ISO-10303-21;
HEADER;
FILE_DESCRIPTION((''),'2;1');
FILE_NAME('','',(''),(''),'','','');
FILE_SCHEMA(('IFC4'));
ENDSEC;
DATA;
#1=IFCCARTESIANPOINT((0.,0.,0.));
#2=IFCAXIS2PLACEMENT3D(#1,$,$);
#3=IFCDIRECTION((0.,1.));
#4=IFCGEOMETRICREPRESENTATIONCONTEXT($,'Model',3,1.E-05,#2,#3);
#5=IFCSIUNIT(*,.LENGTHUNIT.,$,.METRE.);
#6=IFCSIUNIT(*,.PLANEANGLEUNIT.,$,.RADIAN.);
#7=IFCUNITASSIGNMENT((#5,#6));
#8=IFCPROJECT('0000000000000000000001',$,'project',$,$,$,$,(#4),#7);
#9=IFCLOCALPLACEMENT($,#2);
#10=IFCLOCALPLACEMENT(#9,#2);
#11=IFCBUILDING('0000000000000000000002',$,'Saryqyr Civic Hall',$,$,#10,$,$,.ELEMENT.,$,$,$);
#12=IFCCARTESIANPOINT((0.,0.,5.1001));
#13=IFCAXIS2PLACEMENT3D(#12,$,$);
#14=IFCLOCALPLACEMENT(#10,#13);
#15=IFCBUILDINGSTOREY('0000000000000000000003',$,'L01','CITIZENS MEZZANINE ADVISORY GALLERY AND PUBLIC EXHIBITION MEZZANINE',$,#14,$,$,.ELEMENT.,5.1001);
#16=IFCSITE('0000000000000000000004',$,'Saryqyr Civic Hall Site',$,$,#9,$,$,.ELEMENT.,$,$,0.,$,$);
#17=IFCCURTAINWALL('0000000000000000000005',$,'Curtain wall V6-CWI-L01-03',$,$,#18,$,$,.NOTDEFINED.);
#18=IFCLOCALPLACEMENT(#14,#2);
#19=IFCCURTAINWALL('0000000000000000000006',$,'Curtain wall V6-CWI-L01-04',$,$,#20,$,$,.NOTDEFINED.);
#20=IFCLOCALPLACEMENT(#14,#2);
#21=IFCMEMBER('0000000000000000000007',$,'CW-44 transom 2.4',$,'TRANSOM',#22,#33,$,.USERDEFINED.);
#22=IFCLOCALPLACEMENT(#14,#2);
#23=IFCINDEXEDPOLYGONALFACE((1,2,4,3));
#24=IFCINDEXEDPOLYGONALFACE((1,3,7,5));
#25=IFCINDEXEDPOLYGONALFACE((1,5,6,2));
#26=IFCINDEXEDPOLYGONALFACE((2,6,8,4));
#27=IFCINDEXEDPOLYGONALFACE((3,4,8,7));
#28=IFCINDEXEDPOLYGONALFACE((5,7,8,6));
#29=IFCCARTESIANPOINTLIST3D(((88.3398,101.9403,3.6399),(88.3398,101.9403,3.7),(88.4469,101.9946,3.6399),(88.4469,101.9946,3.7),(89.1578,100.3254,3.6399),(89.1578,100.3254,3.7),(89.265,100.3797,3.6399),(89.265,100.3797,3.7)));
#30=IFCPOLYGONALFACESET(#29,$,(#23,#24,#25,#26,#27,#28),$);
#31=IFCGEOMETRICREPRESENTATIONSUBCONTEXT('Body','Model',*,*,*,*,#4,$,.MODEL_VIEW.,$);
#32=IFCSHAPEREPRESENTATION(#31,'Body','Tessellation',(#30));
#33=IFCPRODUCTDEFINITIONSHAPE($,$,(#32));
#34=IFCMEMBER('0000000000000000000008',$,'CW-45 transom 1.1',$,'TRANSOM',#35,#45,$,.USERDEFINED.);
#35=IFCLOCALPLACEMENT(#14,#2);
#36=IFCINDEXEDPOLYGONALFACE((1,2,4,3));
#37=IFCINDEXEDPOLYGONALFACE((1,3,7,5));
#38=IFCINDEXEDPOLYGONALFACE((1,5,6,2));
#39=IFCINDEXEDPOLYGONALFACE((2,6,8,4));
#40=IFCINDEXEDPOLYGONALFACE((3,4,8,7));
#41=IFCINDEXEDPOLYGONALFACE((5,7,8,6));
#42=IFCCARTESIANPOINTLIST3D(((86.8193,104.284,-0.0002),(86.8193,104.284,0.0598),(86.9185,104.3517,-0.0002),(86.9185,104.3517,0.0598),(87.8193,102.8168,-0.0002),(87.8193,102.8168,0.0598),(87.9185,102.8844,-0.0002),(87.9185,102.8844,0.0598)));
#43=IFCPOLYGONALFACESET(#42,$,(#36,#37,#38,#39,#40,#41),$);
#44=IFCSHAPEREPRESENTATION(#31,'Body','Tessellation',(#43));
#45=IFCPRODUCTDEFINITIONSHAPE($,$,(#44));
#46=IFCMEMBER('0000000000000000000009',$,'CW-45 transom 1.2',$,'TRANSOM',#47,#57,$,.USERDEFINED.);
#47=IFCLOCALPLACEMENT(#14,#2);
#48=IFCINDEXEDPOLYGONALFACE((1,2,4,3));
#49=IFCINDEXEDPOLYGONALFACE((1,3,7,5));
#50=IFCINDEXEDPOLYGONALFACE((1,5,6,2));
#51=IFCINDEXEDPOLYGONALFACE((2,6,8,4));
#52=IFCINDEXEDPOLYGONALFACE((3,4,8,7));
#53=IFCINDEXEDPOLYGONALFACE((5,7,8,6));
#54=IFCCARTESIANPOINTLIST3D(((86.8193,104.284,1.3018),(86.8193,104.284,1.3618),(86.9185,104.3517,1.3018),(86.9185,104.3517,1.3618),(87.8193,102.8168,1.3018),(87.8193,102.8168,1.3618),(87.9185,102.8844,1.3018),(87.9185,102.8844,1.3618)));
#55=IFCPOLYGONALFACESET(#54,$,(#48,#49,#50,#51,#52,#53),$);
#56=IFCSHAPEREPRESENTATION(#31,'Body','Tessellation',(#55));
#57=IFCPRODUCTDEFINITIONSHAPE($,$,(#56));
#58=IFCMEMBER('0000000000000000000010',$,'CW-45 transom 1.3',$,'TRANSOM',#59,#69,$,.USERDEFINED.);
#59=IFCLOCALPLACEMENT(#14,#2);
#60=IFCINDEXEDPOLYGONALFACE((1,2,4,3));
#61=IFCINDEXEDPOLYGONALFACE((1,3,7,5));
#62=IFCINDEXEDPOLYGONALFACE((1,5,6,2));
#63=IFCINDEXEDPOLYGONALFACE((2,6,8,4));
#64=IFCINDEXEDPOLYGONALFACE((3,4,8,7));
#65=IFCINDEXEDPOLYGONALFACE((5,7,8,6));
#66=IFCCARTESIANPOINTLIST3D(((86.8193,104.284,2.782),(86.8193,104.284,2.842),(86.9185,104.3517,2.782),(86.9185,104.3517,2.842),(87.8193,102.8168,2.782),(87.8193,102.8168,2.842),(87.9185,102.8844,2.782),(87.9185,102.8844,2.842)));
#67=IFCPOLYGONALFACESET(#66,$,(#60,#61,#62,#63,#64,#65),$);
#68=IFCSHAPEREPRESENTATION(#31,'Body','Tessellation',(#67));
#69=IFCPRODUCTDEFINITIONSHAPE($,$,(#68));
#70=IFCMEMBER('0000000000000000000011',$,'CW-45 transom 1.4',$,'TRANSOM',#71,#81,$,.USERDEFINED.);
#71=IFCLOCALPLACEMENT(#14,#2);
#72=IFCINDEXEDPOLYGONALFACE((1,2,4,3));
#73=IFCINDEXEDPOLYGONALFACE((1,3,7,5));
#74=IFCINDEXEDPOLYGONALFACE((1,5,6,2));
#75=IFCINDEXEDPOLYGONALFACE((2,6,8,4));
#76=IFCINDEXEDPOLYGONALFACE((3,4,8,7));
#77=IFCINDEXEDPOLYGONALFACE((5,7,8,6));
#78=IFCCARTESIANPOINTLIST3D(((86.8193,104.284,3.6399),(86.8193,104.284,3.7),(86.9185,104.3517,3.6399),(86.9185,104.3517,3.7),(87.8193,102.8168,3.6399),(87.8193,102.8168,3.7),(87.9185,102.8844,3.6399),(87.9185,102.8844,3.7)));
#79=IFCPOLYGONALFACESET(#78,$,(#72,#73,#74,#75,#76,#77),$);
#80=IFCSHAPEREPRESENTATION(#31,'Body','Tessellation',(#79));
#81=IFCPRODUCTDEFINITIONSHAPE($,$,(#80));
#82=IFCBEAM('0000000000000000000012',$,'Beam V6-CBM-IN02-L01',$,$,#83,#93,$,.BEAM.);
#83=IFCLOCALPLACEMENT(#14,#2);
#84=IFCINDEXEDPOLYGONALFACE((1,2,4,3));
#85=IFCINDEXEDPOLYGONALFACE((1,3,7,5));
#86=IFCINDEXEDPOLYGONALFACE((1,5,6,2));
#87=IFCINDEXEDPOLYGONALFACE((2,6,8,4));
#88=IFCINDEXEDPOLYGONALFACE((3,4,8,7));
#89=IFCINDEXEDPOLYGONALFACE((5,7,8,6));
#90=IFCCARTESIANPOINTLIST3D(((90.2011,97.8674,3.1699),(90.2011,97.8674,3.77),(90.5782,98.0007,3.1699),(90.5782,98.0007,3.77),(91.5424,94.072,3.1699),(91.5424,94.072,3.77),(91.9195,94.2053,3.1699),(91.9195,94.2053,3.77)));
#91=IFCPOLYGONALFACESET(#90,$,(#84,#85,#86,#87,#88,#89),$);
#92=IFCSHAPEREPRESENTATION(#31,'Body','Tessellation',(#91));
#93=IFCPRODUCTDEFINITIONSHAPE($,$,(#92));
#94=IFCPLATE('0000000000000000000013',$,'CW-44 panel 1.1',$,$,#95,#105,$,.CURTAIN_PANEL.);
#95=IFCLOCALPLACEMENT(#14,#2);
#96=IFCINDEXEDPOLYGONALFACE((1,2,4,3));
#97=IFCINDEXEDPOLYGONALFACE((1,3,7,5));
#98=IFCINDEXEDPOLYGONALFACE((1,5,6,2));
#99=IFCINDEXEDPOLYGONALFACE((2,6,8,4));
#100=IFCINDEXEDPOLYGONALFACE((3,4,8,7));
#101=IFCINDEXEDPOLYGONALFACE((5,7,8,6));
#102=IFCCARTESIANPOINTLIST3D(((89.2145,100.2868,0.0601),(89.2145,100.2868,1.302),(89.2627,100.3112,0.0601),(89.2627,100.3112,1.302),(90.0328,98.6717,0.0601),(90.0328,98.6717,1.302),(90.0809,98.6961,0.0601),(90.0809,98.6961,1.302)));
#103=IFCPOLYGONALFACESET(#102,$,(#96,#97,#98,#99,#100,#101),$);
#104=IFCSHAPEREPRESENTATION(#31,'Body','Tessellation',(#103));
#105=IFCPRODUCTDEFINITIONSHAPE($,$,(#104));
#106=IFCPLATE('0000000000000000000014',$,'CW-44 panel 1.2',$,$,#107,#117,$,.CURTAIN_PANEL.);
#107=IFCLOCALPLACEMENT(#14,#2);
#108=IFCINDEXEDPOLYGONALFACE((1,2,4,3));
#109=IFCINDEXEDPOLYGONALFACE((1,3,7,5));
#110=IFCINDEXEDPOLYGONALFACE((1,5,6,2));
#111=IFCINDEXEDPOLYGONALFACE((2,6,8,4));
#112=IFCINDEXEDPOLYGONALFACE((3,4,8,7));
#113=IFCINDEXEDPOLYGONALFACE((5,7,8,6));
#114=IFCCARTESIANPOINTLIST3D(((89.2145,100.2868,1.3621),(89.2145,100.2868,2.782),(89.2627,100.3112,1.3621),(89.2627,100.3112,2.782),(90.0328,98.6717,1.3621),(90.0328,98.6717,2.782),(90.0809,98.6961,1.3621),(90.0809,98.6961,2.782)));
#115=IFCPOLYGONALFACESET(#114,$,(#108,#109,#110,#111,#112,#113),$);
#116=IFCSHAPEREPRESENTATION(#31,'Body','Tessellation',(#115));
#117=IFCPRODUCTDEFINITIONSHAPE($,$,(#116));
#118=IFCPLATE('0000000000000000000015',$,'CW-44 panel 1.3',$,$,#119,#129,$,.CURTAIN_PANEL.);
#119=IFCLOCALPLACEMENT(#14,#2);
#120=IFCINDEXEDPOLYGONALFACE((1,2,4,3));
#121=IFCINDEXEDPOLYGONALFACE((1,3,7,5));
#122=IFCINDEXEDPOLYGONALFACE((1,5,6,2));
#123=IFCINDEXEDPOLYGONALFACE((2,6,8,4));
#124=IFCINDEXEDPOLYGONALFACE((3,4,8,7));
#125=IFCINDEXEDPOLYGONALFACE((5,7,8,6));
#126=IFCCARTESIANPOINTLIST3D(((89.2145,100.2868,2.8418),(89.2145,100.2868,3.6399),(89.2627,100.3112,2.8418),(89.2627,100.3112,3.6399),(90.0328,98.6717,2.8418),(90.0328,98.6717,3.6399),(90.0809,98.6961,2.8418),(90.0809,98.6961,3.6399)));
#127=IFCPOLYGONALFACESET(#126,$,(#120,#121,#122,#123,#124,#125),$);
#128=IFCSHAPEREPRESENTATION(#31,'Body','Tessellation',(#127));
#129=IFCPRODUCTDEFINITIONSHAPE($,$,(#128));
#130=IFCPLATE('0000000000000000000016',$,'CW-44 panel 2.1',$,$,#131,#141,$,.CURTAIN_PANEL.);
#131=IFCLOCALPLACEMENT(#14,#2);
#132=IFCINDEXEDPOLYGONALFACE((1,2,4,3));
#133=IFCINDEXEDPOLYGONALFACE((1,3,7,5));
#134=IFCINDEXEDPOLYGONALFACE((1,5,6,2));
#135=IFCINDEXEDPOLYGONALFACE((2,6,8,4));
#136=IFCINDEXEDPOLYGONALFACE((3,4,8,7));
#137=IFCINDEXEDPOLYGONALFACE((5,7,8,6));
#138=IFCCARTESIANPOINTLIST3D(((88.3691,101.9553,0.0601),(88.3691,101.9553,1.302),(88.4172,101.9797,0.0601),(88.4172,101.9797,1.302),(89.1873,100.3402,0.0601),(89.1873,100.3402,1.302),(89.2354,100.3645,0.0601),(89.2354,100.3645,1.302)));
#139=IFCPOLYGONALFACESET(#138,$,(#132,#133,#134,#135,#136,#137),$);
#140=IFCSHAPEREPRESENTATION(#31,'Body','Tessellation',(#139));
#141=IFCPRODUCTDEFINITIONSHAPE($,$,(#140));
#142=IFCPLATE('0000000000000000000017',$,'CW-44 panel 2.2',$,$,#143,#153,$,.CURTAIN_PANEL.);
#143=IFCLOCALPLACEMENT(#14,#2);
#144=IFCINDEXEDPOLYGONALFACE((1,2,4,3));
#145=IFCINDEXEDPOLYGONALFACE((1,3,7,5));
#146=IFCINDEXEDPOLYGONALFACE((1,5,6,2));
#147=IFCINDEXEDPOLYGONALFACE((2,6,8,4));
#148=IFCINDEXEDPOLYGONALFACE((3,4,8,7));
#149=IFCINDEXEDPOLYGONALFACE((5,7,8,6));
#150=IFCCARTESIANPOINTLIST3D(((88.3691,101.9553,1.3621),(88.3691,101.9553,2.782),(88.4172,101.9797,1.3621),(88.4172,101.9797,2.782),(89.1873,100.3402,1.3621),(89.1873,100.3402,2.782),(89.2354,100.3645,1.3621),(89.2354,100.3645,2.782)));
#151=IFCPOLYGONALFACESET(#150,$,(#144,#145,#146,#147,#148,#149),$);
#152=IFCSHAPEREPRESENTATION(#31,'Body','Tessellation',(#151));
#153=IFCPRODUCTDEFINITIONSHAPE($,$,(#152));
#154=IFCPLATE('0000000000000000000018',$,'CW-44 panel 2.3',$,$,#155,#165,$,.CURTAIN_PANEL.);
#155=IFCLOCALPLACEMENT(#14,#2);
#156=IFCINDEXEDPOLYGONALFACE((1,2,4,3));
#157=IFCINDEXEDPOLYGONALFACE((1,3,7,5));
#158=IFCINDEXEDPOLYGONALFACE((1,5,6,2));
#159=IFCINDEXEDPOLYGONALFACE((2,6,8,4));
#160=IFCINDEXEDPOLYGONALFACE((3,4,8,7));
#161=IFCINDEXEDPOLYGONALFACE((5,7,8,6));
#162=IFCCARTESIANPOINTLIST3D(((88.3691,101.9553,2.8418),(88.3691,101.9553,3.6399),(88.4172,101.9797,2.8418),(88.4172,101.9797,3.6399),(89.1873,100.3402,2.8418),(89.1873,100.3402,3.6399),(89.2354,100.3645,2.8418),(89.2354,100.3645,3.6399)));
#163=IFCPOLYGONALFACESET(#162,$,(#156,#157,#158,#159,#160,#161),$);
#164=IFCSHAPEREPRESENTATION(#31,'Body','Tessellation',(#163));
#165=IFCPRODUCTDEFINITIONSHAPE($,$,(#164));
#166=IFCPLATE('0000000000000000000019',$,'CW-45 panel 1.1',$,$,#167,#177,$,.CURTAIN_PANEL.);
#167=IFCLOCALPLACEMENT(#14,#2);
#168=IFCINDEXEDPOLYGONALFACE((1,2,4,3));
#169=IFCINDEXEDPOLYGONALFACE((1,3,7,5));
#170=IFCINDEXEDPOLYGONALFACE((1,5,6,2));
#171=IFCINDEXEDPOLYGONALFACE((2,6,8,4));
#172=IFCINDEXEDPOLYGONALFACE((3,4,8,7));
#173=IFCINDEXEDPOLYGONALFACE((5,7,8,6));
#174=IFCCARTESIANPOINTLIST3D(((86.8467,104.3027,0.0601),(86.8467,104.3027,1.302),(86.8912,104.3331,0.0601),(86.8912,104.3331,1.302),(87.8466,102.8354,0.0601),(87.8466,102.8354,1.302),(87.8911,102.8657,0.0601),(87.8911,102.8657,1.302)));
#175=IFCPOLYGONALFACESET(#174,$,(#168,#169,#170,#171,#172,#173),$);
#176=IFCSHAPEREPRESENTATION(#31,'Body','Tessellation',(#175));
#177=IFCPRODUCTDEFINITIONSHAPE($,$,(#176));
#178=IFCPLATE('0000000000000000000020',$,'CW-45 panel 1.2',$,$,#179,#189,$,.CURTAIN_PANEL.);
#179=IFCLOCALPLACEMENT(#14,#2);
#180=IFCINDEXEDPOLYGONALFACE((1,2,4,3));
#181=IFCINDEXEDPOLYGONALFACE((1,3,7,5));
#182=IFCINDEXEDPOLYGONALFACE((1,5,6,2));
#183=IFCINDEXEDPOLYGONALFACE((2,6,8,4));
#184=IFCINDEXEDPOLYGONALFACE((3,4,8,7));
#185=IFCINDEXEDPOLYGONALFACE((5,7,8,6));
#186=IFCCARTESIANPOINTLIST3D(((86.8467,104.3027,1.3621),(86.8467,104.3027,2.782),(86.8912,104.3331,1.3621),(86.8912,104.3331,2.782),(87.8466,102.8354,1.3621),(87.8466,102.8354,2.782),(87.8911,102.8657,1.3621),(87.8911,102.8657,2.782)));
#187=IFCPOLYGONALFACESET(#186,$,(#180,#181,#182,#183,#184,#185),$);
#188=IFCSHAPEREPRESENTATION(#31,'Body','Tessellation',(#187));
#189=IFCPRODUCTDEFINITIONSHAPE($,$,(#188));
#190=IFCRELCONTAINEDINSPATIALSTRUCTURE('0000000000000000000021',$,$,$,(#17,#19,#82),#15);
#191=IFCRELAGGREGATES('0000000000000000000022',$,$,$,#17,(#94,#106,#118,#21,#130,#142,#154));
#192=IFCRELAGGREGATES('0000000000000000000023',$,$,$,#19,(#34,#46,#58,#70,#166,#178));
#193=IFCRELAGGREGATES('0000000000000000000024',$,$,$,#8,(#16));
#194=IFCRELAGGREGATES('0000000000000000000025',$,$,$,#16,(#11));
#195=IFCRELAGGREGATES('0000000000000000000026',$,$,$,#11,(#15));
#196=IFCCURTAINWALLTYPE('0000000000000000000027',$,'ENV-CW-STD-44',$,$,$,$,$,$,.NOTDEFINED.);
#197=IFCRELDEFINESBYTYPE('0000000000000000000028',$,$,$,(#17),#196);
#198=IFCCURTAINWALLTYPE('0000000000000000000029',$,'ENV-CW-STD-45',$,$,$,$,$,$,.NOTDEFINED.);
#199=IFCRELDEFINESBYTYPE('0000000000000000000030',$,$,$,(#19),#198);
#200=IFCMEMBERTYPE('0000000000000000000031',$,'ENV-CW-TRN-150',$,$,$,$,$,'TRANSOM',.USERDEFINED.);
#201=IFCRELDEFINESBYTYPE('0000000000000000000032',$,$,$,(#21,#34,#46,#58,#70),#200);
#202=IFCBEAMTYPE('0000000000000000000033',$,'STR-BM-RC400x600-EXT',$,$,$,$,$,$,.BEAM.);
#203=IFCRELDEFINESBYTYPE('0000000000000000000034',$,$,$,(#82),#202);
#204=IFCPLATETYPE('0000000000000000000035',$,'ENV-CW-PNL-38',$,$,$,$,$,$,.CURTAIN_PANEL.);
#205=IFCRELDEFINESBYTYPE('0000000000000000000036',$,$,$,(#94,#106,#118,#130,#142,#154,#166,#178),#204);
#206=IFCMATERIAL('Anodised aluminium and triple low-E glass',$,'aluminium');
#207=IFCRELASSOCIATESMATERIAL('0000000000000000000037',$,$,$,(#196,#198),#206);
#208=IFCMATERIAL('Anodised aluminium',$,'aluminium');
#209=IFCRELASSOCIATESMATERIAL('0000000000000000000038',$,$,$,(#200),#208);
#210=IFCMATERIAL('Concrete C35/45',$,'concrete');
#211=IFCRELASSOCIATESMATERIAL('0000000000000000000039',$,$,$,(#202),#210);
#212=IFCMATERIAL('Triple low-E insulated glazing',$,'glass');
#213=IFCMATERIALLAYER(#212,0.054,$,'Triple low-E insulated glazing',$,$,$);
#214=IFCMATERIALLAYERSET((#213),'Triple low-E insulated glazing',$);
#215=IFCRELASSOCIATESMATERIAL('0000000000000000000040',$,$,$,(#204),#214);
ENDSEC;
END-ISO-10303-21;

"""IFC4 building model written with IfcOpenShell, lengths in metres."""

from ifc_helpers import new_model, si_unit, direction, frame, origin, origin_2d, place, context, subcontext, project, spatial, rectangle, extrude, material, layer, layer_set, material_profile, profile_set, type_object, element, aggregate, save


model = new_model("IFC4")

# Units and contexts
model_context = context("Model", 3, precision=1e-05, world=origin(), true_north=direction((0.0, 1.0)))
body_context = subcontext(model_context, "Body", "Model", "MODEL_VIEW")
ifc_project = project(units=[si_unit("LENGTHUNIT", "METRE"), si_unit("PLANEANGLEUNIT", "RADIAN")], contexts=[model_context])

# Site, building, storey
site_placement = place(None, origin())
site = spatial("IfcSite", under=ifc_project, at=site_placement, Name="Saryqyr Civic Hall Site", CompositionType="ELEMENT", RefElevation=0.0)
building_placement = place(site_placement, origin())
building = spatial("IfcBuilding", under=site, at=building_placement, Name="Saryqyr Civic Hall", CompositionType="ELEMENT")
storey_placement = place(building_placement, frame((0.0, 0.0, 5.1001)))
storey = spatial("IfcBuildingStorey", under=building, at=storey_placement, Name="L01", Description="CITIZENS MEZZANINE ADVISORY GALLERY AND PUBLIC EXHIBITION MEZZANINE", CompositionType="ELEMENT", Elevation=5.1001)

# Curtain wall
ifc_material_1 = material(Name="Anodised aluminium and triple low-E glass", Category="aluminium")
curtain_wall_type_1 = type_object("IfcCurtainWallType", Name="ENV-CW-STD-44", PredefinedType="NOTDEFINED", material=ifc_material_1)
curtain_wall_1_placement = place(storey_placement, origin())
curtain_wall_1 = element("IfcCurtainWall", 1, at=curtain_wall_1_placement, inside=storey, type_object=curtain_wall_type_1, Name="Curtain wall V6-CWI-L01-03", PredefinedType="NOTDEFINED")
ifc_material_2 = material(Name="Anodised aluminium", Category="aluminium")

# Curtain wall
curtain_wall_type_2 = type_object("IfcCurtainWallType", Name="ENV-CW-STD-45", PredefinedType="NOTDEFINED", material=ifc_material_1)
curtain_wall_2_placement = place(storey_placement, origin())
curtain_wall_2 = element("IfcCurtainWall", 2, at=curtain_wall_2_placement, inside=storey, type_object=curtain_wall_type_2, Name="Curtain wall V6-CWI-L01-04", PredefinedType="NOTDEFINED")

# Members
ifc_material_profile_1 = material_profile(ifc_material_2, rectangle(XDim=0.1201, YDim=0.0601, at=origin_2d()), Name="ALU TRANSOM 120x60")
ifc_profile_set_1 = profile_set([ifc_material_profile_1], Name="Anodised aluminium")
member_type_1 = type_object("IfcMemberType", Name="ENV-CW-TRN-150", ElementType="TRANSOM", PredefinedType="USERDEFINED", material=ifc_profile_set_1)
member_1_placement = place(storey_placement, frame((89.2114, 100.3525, 3.6699), z_axis=(-0.4519, 0.892068, 0.0), x_axis=(-0.892068, -0.4519, 0.0)))
member_1 = element("IfcMember", 3, at=member_1_placement, type_object=member_type_1, Name="CW-44 transom 2.4", ObjectType="TRANSOM", PredefinedType="USERDEFINED", context=body_context, shape_type="SweptSolid", body=[
    extrude(rectangle(XDim=0.1201, YDim=0.0601, at=origin_2d()), origin(), (0.0, 0.0, 1.0), 1.8103),
])
member_2_placement = place(storey_placement, frame((87.8689, 102.8506, 0.0298), z_axis=(-0.563175, 0.826338, 0.0), x_axis=(-0.826338, -0.563175, 0.0)))
member_2 = element("IfcMember", 4, at=member_2_placement, type_object=member_type_1, Name="CW-45 transom 1.1", ObjectType="TRANSOM", PredefinedType="USERDEFINED", context=body_context, shape_type="SweptSolid", body=[
    extrude(rectangle(XDim=0.1201, YDim=0.0601, at=origin_2d()), origin(), (0.0, 0.0, 1.0), 1.7756),
])
member_3_placement = place(storey_placement, frame((87.8689, 102.8506, 1.3318), z_axis=(-0.563175, 0.826338, 0.0), x_axis=(-0.826338, -0.563175, 0.0)))
member_3 = element("IfcMember", 5, at=member_3_placement, type_object=member_type_1, Name="CW-45 transom 1.2", ObjectType="TRANSOM", PredefinedType="USERDEFINED", context=body_context, shape_type="SweptSolid", body=[
    extrude(rectangle(XDim=0.1201, YDim=0.0601, at=origin_2d()), origin(), (0.0, 0.0, 1.0), 1.7756),
])
member_4_placement = place(storey_placement, frame((87.8689, 102.8506, 2.812), z_axis=(-0.563175, 0.826338, 0.0), x_axis=(-0.826338, -0.563175, 0.0)))
member_4 = element("IfcMember", 6, at=member_4_placement, type_object=member_type_1, Name="CW-45 transom 1.3", ObjectType="TRANSOM", PredefinedType="USERDEFINED", context=body_context, shape_type="SweptSolid", body=[
    extrude(rectangle(XDim=0.1201, YDim=0.0601, at=origin_2d()), origin(), (0.0, 0.0, 1.0), 1.7756),
])
member_5_placement = place(storey_placement, frame((87.8689, 102.8506, 3.6699), z_axis=(-0.563175, 0.826338, 0.0), x_axis=(-0.826338, -0.563175, 0.0)))
member_5 = element("IfcMember", 7, at=member_5_placement, type_object=member_type_1, Name="CW-45 transom 1.4", ObjectType="TRANSOM", PredefinedType="USERDEFINED", context=body_context, shape_type="SweptSolid", body=[
    extrude(rectangle(XDim=0.1201, YDim=0.0601, at=origin_2d()), origin(), (0.0, 0.0, 1.0), 1.7756),
])

# Beam
ifc_material_3 = material(Name="Concrete C35/45", Category="concrete")
ifc_material_profile_2 = material_profile(ifc_material_3, rectangle(XDim=0.3999, YDim=0.6001, at=origin_2d()), Name="RC 400x600")
ifc_profile_set_2 = profile_set([ifc_material_profile_2], Name="Concrete C35/45")
beam_type = type_object("IfcBeamType", Name="STR-BM-RC400x600-EXT", PredefinedType="BEAM", material=ifc_profile_set_2)
beam_placement = place(storey_placement, frame((91.731, 94.1387, 3.47), z_axis=(-0.333207, 0.942854, 0.0), x_axis=(-0.942854, -0.333207, 0.0)))
element("IfcBeam", 8, at=beam_placement, inside=storey, type_object=beam_type, Name="Beam V6-CBM-IN02-L01", PredefinedType="BEAM", context=body_context, shape_type="SweptSolid", body=[
    extrude(rectangle(XDim=0.3999, YDim=0.6001, at=origin_2d()), origin(), (0.0, 0.0, 1.0), 4.0254),
])

# Plates
ifc_material_4 = material(Name="Triple low-E insulated glazing", Category="glass")
ifc_layer_1 = layer(ifc_material_4, 0.054, Name="Triple low-E insulated glazing")
ifc_layer_set_1 = layer_set([ifc_layer_1], Name="Triple low-E insulated glazing")
plate_type = type_object("IfcPlateType", Name="ENV-CW-PNL-38", PredefinedType="CURTAIN_PANEL", material=ifc_layer_set_1)
plate_1_placement = place(storey_placement, frame((89.6477, 99.4915, 0.0601), z_axis=(0.0, 0.0, 1.0), x_axis=(-0.451922, 0.892057, 0.0)))
plate_1 = element("IfcPlate", 9, at=plate_1_placement, type_object=plate_type, Name="CW-44 panel 1.1", PredefinedType="CURTAIN_PANEL", context=body_context, shape_type="SweptSolid", body=[
    extrude(rectangle(XDim=1.8105, YDim=0.054, at=origin_2d()), origin(), (0.0, 0.0, 1.0), 1.2419),
])
plate_2_placement = place(storey_placement, frame((89.6477, 99.4915, 1.3621), z_axis=(0.0, 0.0, 1.0), x_axis=(-0.451922, 0.892057, 0.0)))
plate_2 = element("IfcPlate", 10, at=plate_2_placement, type_object=plate_type, Name="CW-44 panel 1.2", PredefinedType="CURTAIN_PANEL", context=body_context, shape_type="SweptSolid", body=[
    extrude(rectangle(XDim=1.8105, YDim=0.054, at=origin_2d()), origin(), (0.0, 0.0, 1.0), 1.4199),
])
plate_3_placement = place(storey_placement, frame((89.6477, 99.4915, 2.8418), z_axis=(0.0, 0.0, 1.0), x_axis=(-0.451922, 0.892057, 0.0)))
plate_3 = element("IfcPlate", 11, at=plate_3_placement, type_object=plate_type, Name="CW-44 panel 1.3", PredefinedType="CURTAIN_PANEL", context=body_context, shape_type="SweptSolid", body=[
    extrude(rectangle(XDim=1.8105, YDim=0.054, at=origin_2d()), origin(), (0.0, 0.0, 1.0), 0.7981),
])
plate_4_placement = place(storey_placement, frame((88.8022, 101.1599, 0.0601), z_axis=(0.0, 0.0, 1.0), x_axis=(-0.451922, 0.892057, 0.0)))
plate_4 = element("IfcPlate", 12, at=plate_4_placement, type_object=plate_type, Name="CW-44 panel 2.1", PredefinedType="CURTAIN_PANEL", context=body_context, shape_type="SweptSolid", body=[
    extrude(rectangle(XDim=1.8105, YDim=0.054, at=origin_2d()), origin(), (0.0, 0.0, 1.0), 1.2419),
])
plate_5_placement = place(storey_placement, frame((88.8022, 101.1599, 1.3621), z_axis=(0.0, 0.0, 1.0), x_axis=(-0.451922, 0.892057, 0.0)))
plate_5 = element("IfcPlate", 13, at=plate_5_placement, type_object=plate_type, Name="CW-44 panel 2.2", PredefinedType="CURTAIN_PANEL", context=body_context, shape_type="SweptSolid", body=[
    extrude(rectangle(XDim=1.8105, YDim=0.054, at=origin_2d()), origin(), (0.0, 0.0, 1.0), 1.4199),
])
plate_6_placement = place(storey_placement, frame((88.8022, 101.1599, 2.8418), z_axis=(0.0, 0.0, 1.0), x_axis=(-0.451922, 0.892057, 0.0)))
plate_6 = element("IfcPlate", 14, at=plate_6_placement, type_object=plate_type, Name="CW-44 panel 2.3", PredefinedType="CURTAIN_PANEL", context=body_context, shape_type="SweptSolid", body=[
    extrude(rectangle(XDim=1.8105, YDim=0.054, at=origin_2d()), origin(), (0.0, 0.0, 1.0), 0.7981),
])
aggregate(curtain_wall_1, [plate_1, plate_2, plate_3, member_1, plate_4, plate_5, plate_6])
plate_7_placement = place(storey_placement, frame((87.3689, 103.5842, 0.0601), z_axis=(0.0, 0.0, 1.0), x_axis=(-0.56312, 0.826375, 0.0)))
plate_7 = element("IfcPlate", 15, at=plate_7_placement, type_object=plate_type, Name="CW-45 panel 1.1", PredefinedType="CURTAIN_PANEL", context=body_context, shape_type="SweptSolid", body=[
    extrude(rectangle(XDim=1.7756, YDim=0.054, at=origin_2d()), origin(), (0.0, 0.0, 1.0), 1.2419),
])
plate_8_placement = place(storey_placement, frame((87.3689, 103.5842, 1.3621), z_axis=(0.0, 0.0, 1.0), x_axis=(-0.56312, 0.826375, 0.0)))
plate_8 = element("IfcPlate", 16, at=plate_8_placement, type_object=plate_type, Name="CW-45 panel 1.2", PredefinedType="CURTAIN_PANEL", context=body_context, shape_type="SweptSolid", body=[
    extrude(rectangle(XDim=1.7756, YDim=0.054, at=origin_2d()), origin(), (0.0, 0.0, 1.0), 1.4199),
])
aggregate(curtain_wall_2, [member_2, member_3, member_4, member_5, plate_7, plate_8])

save(model, "model.ifc")
